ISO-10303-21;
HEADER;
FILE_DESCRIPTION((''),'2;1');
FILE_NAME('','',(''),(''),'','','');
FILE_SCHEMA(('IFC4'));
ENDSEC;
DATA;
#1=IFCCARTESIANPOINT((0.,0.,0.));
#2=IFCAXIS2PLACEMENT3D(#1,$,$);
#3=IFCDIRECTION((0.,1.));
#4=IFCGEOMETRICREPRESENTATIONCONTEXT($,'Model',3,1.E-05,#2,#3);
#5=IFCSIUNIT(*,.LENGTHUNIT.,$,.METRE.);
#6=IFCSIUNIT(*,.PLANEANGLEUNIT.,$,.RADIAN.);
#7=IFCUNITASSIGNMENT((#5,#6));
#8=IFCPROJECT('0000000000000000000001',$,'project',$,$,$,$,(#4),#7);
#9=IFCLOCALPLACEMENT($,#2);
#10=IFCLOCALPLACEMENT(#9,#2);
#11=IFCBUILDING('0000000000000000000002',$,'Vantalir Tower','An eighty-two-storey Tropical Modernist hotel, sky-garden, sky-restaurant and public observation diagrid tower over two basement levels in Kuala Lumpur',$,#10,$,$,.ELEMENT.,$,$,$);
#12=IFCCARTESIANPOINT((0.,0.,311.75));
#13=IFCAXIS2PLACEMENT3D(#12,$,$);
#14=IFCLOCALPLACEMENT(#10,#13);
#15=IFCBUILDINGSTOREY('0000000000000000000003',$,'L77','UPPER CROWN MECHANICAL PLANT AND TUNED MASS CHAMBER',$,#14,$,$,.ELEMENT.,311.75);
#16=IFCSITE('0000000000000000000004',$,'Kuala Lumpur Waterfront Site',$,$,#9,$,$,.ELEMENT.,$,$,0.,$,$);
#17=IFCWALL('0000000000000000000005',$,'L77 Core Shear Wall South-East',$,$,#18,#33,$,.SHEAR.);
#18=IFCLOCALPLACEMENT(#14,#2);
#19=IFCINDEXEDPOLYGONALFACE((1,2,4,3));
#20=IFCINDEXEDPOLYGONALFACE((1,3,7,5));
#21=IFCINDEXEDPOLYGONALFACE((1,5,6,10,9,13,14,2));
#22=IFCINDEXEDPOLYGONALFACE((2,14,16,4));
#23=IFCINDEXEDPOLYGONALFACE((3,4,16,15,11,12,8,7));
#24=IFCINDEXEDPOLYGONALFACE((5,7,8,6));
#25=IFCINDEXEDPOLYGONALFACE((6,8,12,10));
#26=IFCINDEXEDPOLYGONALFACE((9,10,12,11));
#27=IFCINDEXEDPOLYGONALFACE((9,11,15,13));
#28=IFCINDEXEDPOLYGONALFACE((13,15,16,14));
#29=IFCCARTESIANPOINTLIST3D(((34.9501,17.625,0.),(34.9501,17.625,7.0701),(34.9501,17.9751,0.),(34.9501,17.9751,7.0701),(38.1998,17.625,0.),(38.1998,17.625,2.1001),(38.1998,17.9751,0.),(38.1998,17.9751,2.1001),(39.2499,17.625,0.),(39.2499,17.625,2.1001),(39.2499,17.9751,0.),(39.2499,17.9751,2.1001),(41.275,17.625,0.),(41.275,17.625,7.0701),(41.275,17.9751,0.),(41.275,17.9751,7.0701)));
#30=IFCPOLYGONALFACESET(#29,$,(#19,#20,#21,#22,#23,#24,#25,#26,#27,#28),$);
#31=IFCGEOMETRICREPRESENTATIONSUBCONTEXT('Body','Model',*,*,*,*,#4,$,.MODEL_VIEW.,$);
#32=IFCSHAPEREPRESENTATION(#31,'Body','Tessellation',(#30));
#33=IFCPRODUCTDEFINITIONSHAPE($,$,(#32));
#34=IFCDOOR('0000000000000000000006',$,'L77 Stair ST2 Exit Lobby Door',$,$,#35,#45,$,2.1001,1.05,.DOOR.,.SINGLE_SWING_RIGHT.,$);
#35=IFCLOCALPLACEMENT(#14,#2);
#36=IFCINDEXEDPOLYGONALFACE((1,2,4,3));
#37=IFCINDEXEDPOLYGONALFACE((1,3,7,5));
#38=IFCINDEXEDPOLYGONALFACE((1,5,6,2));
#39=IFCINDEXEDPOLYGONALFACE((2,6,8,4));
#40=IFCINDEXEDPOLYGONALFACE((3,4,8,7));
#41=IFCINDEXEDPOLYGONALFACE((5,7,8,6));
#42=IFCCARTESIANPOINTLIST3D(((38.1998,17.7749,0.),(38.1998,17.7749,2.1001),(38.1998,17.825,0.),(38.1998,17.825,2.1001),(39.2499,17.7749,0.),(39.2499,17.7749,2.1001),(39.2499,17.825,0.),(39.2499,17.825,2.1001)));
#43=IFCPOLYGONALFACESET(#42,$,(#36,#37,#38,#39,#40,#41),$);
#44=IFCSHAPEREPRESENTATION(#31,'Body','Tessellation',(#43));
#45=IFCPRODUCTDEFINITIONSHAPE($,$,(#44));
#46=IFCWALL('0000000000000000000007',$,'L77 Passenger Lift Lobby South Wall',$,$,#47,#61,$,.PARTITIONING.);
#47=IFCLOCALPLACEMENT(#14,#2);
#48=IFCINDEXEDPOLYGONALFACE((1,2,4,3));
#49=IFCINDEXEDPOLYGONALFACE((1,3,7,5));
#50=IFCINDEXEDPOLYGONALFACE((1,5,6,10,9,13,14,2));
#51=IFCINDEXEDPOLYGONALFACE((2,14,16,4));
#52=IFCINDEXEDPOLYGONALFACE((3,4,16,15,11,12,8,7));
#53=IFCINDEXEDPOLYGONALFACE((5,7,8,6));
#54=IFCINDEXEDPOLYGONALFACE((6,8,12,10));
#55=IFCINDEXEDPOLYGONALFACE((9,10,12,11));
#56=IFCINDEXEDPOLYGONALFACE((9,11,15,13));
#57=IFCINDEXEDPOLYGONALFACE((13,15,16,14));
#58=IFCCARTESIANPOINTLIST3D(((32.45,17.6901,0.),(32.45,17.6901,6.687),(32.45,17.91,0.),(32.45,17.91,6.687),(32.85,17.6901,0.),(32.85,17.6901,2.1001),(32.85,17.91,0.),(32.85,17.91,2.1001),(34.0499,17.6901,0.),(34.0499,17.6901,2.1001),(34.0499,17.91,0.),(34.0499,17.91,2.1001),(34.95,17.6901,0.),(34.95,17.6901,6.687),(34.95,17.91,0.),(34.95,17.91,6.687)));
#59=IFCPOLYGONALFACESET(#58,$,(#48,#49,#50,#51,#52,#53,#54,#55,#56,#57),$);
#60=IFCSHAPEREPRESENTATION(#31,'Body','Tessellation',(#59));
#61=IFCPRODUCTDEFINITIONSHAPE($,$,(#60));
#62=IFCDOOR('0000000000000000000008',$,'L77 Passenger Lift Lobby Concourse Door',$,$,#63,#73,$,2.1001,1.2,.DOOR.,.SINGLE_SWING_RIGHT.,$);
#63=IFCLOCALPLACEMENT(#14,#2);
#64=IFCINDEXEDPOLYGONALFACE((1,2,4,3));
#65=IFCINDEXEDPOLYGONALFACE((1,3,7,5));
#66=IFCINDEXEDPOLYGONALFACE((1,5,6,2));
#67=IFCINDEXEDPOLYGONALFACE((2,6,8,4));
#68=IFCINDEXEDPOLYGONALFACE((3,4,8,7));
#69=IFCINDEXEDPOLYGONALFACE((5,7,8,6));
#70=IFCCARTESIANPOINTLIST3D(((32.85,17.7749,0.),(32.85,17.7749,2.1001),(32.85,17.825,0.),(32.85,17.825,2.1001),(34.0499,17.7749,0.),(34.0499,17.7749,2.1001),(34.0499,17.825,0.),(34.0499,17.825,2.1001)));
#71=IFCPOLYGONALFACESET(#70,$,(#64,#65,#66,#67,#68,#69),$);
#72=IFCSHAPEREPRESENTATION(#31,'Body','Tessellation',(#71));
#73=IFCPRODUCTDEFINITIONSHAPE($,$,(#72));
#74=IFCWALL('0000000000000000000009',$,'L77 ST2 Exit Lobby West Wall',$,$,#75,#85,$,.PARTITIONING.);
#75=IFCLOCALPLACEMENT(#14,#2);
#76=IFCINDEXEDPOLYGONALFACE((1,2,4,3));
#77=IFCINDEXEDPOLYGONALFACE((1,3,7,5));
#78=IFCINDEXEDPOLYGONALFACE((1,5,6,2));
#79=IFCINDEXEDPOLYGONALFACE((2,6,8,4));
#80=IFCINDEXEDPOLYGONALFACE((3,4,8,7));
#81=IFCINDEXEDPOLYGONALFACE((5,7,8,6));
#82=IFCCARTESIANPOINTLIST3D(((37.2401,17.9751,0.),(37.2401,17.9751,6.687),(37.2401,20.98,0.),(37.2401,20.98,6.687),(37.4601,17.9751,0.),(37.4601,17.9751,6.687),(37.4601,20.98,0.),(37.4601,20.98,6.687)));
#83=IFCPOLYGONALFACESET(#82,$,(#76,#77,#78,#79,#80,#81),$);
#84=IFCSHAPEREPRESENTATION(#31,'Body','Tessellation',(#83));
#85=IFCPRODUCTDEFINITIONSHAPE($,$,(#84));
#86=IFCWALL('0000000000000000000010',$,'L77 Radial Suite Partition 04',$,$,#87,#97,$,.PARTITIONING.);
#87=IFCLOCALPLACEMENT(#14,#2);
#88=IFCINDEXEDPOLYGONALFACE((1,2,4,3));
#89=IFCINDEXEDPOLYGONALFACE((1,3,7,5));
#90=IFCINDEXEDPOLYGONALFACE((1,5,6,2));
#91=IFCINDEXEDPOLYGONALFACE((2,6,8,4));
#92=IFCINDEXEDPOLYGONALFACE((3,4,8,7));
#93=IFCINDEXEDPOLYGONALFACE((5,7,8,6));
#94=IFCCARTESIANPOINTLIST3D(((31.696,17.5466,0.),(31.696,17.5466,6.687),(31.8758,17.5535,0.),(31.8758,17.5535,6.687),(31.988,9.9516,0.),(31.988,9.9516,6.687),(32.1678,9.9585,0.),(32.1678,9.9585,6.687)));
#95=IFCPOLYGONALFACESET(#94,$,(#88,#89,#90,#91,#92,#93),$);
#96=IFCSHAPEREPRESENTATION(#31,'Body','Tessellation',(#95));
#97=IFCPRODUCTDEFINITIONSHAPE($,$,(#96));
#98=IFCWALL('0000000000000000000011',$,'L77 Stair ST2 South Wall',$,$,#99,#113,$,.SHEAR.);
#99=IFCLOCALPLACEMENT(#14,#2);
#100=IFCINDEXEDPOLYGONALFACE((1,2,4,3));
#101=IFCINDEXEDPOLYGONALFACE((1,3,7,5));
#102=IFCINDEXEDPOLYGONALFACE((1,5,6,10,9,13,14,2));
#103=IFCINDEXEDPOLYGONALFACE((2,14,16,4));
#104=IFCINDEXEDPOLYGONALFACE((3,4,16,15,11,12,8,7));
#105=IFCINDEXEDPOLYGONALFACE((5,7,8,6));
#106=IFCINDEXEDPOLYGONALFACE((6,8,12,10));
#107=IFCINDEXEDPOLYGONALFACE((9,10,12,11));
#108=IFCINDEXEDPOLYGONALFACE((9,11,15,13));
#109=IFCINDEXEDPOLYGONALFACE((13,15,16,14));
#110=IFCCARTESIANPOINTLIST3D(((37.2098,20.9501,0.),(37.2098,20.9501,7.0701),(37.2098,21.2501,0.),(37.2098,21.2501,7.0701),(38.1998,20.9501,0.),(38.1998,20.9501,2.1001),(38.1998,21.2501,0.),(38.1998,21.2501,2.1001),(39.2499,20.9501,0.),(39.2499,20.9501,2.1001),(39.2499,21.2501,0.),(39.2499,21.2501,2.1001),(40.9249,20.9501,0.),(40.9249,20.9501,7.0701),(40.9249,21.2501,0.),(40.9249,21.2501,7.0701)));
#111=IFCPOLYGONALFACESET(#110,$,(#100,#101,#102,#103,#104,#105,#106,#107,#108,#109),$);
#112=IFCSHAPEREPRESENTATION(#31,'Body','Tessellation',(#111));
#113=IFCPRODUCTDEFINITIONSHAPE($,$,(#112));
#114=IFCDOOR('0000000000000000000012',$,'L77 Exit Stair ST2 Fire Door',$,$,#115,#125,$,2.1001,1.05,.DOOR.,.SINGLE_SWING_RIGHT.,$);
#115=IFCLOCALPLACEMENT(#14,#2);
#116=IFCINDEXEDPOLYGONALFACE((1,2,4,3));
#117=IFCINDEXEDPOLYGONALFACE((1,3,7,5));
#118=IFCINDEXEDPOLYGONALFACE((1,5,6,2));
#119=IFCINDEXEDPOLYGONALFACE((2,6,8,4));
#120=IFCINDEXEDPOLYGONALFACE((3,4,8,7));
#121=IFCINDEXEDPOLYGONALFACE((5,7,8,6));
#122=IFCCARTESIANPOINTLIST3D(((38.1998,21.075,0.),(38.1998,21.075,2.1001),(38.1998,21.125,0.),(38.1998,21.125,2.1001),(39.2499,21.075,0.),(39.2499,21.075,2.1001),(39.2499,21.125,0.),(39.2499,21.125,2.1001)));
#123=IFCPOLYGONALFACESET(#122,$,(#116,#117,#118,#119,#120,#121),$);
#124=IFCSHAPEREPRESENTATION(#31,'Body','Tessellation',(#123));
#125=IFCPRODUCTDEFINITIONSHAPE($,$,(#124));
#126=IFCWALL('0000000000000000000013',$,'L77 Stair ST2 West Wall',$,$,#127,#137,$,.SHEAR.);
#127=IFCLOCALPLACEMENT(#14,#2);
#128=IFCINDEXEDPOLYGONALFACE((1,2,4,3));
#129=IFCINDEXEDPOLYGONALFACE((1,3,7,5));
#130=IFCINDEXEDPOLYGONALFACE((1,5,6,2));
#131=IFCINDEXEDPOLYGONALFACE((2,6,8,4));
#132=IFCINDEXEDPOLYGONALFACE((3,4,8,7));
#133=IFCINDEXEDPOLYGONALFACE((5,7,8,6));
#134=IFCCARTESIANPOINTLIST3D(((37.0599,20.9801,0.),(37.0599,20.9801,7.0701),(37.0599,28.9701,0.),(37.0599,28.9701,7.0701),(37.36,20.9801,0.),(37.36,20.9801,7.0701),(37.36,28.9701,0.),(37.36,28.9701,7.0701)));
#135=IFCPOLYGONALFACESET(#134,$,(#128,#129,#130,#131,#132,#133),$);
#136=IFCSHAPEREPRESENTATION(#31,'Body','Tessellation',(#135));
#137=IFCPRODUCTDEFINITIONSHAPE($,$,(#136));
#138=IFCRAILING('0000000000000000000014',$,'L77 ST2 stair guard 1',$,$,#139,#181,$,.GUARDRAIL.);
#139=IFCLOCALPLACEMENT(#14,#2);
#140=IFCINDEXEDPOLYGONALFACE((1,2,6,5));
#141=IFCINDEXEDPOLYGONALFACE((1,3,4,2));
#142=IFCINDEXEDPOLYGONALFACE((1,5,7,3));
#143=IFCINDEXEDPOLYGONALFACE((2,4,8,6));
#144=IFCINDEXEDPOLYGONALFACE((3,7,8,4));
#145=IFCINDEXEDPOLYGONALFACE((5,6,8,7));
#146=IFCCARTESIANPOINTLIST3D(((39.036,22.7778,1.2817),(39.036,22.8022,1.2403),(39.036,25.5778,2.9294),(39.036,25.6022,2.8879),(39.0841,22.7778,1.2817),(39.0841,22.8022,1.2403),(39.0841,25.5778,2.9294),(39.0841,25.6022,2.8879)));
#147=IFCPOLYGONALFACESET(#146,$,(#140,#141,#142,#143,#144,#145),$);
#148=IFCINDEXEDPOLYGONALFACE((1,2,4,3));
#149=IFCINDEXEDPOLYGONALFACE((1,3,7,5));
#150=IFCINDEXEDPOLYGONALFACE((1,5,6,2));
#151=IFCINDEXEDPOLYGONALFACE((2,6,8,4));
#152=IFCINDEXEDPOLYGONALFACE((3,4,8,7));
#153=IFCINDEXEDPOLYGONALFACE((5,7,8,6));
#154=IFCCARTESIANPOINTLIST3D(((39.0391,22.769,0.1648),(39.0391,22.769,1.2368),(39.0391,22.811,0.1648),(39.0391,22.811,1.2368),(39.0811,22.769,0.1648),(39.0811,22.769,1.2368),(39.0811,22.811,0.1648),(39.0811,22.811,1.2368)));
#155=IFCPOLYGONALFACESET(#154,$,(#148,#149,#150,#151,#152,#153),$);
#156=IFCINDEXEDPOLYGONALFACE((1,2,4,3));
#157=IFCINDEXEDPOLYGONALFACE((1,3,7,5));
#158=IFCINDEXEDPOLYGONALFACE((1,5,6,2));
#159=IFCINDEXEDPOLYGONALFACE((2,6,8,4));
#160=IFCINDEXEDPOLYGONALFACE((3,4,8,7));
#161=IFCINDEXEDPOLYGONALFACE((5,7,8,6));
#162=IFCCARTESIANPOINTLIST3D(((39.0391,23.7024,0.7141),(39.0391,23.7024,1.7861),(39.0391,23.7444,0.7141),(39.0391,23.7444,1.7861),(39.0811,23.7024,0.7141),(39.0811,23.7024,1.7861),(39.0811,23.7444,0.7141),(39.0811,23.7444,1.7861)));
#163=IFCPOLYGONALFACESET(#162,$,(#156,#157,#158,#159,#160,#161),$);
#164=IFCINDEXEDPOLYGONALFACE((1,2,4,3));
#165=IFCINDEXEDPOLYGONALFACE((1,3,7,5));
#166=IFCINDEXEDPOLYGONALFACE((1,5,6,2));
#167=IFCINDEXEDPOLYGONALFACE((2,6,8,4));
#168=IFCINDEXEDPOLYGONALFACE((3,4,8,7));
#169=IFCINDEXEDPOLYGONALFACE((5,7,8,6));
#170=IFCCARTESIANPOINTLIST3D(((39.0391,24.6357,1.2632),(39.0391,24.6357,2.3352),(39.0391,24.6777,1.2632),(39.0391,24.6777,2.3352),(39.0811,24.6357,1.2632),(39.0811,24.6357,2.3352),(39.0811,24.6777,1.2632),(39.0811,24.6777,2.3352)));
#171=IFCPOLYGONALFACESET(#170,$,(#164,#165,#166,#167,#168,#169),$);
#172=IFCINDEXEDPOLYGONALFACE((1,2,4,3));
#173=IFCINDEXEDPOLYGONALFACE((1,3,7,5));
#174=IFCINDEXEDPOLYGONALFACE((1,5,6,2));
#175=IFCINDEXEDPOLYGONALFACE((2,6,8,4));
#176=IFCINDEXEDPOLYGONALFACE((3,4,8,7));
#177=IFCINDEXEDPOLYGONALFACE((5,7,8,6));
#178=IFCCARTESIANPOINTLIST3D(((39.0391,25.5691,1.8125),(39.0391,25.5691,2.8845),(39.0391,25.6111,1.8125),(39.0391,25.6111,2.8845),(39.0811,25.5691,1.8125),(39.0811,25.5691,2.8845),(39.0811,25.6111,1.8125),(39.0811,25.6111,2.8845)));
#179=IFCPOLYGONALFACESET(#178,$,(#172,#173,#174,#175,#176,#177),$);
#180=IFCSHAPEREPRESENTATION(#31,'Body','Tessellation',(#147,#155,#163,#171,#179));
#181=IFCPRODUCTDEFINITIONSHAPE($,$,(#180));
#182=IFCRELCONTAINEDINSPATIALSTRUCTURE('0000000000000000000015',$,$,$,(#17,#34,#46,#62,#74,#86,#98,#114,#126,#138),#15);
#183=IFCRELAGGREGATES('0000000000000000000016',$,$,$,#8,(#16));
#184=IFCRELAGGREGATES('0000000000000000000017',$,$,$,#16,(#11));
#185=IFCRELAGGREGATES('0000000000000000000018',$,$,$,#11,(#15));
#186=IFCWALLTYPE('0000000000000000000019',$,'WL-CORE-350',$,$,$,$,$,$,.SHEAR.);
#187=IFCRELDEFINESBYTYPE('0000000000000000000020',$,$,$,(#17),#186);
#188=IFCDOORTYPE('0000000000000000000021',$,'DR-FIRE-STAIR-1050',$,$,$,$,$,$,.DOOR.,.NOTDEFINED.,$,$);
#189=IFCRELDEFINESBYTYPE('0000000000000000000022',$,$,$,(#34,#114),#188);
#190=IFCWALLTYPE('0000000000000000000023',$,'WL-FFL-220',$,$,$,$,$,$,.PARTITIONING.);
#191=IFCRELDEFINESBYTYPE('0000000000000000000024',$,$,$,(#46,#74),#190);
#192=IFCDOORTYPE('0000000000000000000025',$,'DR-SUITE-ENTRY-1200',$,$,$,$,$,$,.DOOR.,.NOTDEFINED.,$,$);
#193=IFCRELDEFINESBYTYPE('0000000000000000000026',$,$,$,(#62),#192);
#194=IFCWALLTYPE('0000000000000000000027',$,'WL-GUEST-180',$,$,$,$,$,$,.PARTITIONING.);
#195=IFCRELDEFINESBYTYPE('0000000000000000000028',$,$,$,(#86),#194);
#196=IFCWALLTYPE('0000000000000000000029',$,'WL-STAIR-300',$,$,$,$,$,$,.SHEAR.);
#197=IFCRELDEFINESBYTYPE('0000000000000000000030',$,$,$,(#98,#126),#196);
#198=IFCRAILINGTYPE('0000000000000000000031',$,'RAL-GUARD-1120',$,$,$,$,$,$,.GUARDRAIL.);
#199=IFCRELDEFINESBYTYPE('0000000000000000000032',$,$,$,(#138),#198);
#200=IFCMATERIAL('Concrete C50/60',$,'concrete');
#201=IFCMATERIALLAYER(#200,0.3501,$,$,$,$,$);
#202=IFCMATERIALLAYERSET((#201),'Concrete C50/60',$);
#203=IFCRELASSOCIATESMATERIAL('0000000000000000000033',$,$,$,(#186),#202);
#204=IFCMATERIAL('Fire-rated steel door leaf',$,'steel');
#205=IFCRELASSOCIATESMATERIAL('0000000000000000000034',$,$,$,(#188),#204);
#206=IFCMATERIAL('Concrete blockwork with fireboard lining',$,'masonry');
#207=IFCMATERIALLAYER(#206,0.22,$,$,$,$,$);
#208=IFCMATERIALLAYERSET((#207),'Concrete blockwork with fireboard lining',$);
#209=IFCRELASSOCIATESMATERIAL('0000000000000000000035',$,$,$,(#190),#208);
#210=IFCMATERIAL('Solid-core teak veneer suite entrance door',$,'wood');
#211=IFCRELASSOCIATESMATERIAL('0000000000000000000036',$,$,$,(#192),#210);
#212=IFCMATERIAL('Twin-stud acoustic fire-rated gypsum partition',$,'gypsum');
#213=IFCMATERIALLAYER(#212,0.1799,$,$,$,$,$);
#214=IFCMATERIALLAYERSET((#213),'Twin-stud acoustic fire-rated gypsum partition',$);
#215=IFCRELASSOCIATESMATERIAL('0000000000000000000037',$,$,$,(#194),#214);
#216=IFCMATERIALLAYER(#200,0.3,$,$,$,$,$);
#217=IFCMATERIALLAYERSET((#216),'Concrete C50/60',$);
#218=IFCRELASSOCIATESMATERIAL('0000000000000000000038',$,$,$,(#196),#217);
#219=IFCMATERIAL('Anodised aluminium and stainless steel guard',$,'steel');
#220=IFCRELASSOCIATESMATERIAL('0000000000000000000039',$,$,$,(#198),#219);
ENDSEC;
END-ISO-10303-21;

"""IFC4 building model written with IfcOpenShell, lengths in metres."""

from ifc_helpers import new_model, si_unit, direction, frame, frame_2d, origin, origin_2d, place, context, subcontext, project, spatial, rectangle, extrude, material, layer, layer_set, type_object, element, fill, save


model = new_model("IFC4")

# Units and contexts
model_context = context("Model", 3, precision=1e-05, world=origin(), true_north=direction((0.0, 1.0)))
body_context = subcontext(model_context, "Body", "Model", "MODEL_VIEW")
ifc_project = project(units=[si_unit("LENGTHUNIT", "METRE"), si_unit("PLANEANGLEUNIT", "RADIAN")], contexts=[model_context])

# Site, building, storey
site_placement = place(None, origin())
site = spatial("IfcSite", under=ifc_project, at=site_placement, Name="Kuala Lumpur Waterfront Site", CompositionType="ELEMENT", RefElevation=0.0)
building_placement = place(site_placement, origin())
building = spatial("IfcBuilding", under=site, at=building_placement, Name="Vantalir Tower", Description="An eighty-two-storey Tropical Modernist hotel, sky-garden, sky-restaurant and public observation diagrid tower over two basement levels in Kuala Lumpur", CompositionType="ELEMENT")
storey_placement = place(building_placement, frame((0.0, 0.0, 311.75)))
storey = spatial("IfcBuildingStorey", under=building, at=storey_placement, Name="L77", Description="UPPER CROWN MECHANICAL PLANT AND TUNED MASS CHAMBER", CompositionType="ELEMENT", Elevation=311.75)

# Shared definitions
ifc_material_1 = material(Name="Concrete C50/60", Category="concrete")

# Walls, openings, doors
ifc_layer_1 = layer(ifc_material_1, 0.3501)
ifc_layer_set_1 = layer_set([ifc_layer_1], Name="Concrete C50/60")
wall_type_1 = type_object("IfcWallType", Name="WL-CORE-350", PredefinedType="SHEAR", material=ifc_layer_set_1)
wall_1_placement = place(storey_placement, frame((34.95, 17.8, 0.0), z_axis=(0.0, 0.0, 1.0), x_axis=(1.0, 0.0, 0.0)))
wall_1 = element("IfcWall", 1, at=wall_1_placement, inside=storey, type_object=wall_type_1, Name="L77 Core Shear Wall South-East", PredefinedType="SHEAR", context=body_context, shape_type="SweptSolid", body=[
    extrude(rectangle(XDim=6.325, YDim=0.3501, at=frame_2d((3.1626, 0.0))), origin(), (0.0, 0.0, 1.0), 7.0701),
])
opening_1_placement = place(wall_1_placement, frame((3.25, 0.0, 0.0)))
opening_1 = element("IfcOpeningElement", 2, at=opening_1_placement, cuts=wall_1, PredefinedType="OPENING", context=body_context, shape_type="SweptSolid", body=[
    extrude(rectangle(XDim=1.05, YDim=2.1001, at=frame_2d((0.5249, 1.05))), frame((0.0, 0.1851, 0.0), z_axis=(0.0, -1.0, 0.0), x_axis=(1.0, 0.0, 0.0)), (0.0, 0.0, 1.0), 0.3701),
])
ifc_material_2 = material(Name="Fire-rated steel door leaf", Category="steel")
door_type_1 = type_object("IfcDoorType", Name="DR-FIRE-STAIR-1050", OperationType="NOTDEFINED", PredefinedType="DOOR", material=ifc_material_2)
door_1_placement = place(opening_1_placement, origin())
door_1 = element("IfcDoor", 3, at=door_1_placement, inside=storey, type_object=door_type_1, Name="L77 Stair ST2 Exit Lobby Door", OperationType="SINGLE_SWING_RIGHT", OverallHeight=2.1001, OverallWidth=1.05, PredefinedType="DOOR", context=body_context, shape_type="SweptSolid", body=[
    extrude(rectangle(XDim=1.05, YDim=2.1001, at=frame_2d((0.5249, 1.05))), frame((0.0, 0.0249, 0.0), z_axis=(0.0, -1.0, 0.0), x_axis=(1.0, 0.0, 0.0)), (0.0, 0.0, 1.0), 0.05),
])
fill(opening_1, door_1)
ifc_material_3 = material(Name="Concrete blockwork with fireboard lining", Category="masonry")
ifc_layer_2 = layer(ifc_material_3, 0.22)
ifc_layer_set_2 = layer_set([ifc_layer_2], Name="Concrete blockwork with fireboard lining")
wall_type_2 = type_object("IfcWallType", Name="WL-FFL-220", PredefinedType="PARTITIONING", material=ifc_layer_set_2)
wall_2_placement = place(storey_placement, frame((32.45, 17.8, 0.0), z_axis=(0.0, 0.0, 1.0), x_axis=(1.0, 0.0, 0.0)))
wall_2 = element("IfcWall", 4, at=wall_2_placement, inside=storey, type_object=wall_type_2, Name="L77 Passenger Lift Lobby South Wall", PredefinedType="PARTITIONING", context=body_context, shape_type="SweptSolid", body=[
    extrude(rectangle(XDim=2.5, YDim=0.22, at=frame_2d((1.25, 0.0))), origin(), (0.0, 0.0, 1.0), 6.687),
])
opening_2_placement = place(wall_2_placement, frame((0.3999, 0.0, 0.0)))
opening_2 = element("IfcOpeningElement", 5, at=opening_2_placement, cuts=wall_2, PredefinedType="OPENING", context=body_context, shape_type="SweptSolid", body=[
    extrude(rectangle(XDim=1.2, YDim=2.1001, at=frame_2d((0.6001, 1.05))), frame((0.0, 0.1199, 0.0), z_axis=(0.0, -1.0, 0.0), x_axis=(1.0, 0.0, 0.0)), (0.0, 0.0, 1.0), 0.24),
])
ifc_material_4 = material(Name="Solid-core teak veneer suite entrance door", Category="wood")
door_type_2 = type_object("IfcDoorType", Name="DR-SUITE-ENTRY-1200", OperationType="NOTDEFINED", PredefinedType="DOOR", material=ifc_material_4)
door_2_placement = place(opening_2_placement, origin())
door_2 = element("IfcDoor", 6, at=door_2_placement, inside=storey, type_object=door_type_2, Name="L77 Passenger Lift Lobby Concourse Door", OperationType="SINGLE_SWING_RIGHT", OverallHeight=2.1001, OverallWidth=1.2, PredefinedType="DOOR", context=body_context, shape_type="SweptSolid", body=[
    extrude(rectangle(XDim=1.2, YDim=2.1001, at=frame_2d((0.6001, 1.05))), frame((0.0, 0.0249, 0.0), z_axis=(0.0, -1.0, 0.0), x_axis=(1.0, 0.0, 0.0)), (0.0, 0.0, 1.0), 0.05),
])
fill(opening_2, door_2)

# Walls
wall_3_placement = place(storey_placement, frame((37.3501, 17.9751, 0.0), z_axis=(0.0, 0.0, 1.0), x_axis=(0.0, 1.0, 0.0)))
element("IfcWall", 7, at=wall_3_placement, inside=storey, type_object=wall_type_2, Name="L77 ST2 Exit Lobby West Wall", PredefinedType="PARTITIONING", context=body_context, shape_type="SweptSolid", body=[
    extrude(rectangle(XDim=3.0049, YDim=0.22, at=frame_2d((1.5024, 0.0))), origin(), (0.0, 0.0, 1.0), 6.687),
])
ifc_material_5 = material(Name="Twin-stud acoustic fire-rated gypsum partition", Category="gypsum")
ifc_layer_3 = layer(ifc_material_5, 0.1799)
ifc_layer_set_3 = layer_set([ifc_layer_3], Name="Twin-stud acoustic fire-rated gypsum partition")
wall_type_3 = type_object("IfcWallType", Name="WL-GUEST-180", PredefinedType="PARTITIONING", material=ifc_layer_set_3)
wall_4_placement = place(storey_placement, frame((31.7859, 17.55, 0.0), z_axis=(0.0, 0.0, 1.0), x_axis=(0.038417, -0.999262, 0.0)))
element("IfcWall", 8, at=wall_4_placement, inside=storey, type_object=wall_type_3, Name="L77 Radial Suite Partition 04", PredefinedType="PARTITIONING", context=body_context, shape_type="SweptSolid", body=[
    extrude(rectangle(XDim=7.6006, YDim=0.1799, at=frame_2d((3.8003, 0.0))), origin(), (0.0, 0.0, 1.0), 6.687),
])

# Wall, opening, door
ifc_layer_4 = layer(ifc_material_1, 0.3)
ifc_layer_set_4 = layer_set([ifc_layer_4], Name="Concrete C50/60")
wall_type_4 = type_object("IfcWallType", Name="WL-STAIR-300", PredefinedType="SHEAR", material=ifc_layer_set_4)
wall_5_placement = place(storey_placement, frame((37.21, 21.1001, 0.0), z_axis=(0.0, 0.0, 1.0), x_axis=(1.0, 0.0, 0.0)))
wall_5 = element("IfcWall", 9, at=wall_5_placement, inside=storey, type_object=wall_type_4, Name="L77 Stair ST2 South Wall", PredefinedType="SHEAR", context=body_context, shape_type="SweptSolid", body=[
    extrude(rectangle(XDim=3.7151, YDim=0.3, at=frame_2d((1.8574, 0.0))), origin(), (0.0, 0.0, 1.0), 7.0701),
])
opening_3_placement = place(wall_5_placement, frame((0.99, 0.0, 0.0)))
opening_3 = element("IfcOpeningElement", 10, at=opening_3_placement, cuts=wall_5, PredefinedType="OPENING", context=body_context, shape_type="SweptSolid", body=[
    extrude(rectangle(XDim=1.05, YDim=2.1001, at=frame_2d((0.5249, 1.05))), frame((0.0, 0.1599, 0.0), z_axis=(0.0, -1.0, 0.0), x_axis=(1.0, 0.0, 0.0)), (0.0, 0.0, 1.0), 0.3201),
])
door_3_placement = place(opening_3_placement, origin())
door_3 = element("IfcDoor", 11, at=door_3_placement, inside=storey, type_object=door_type_1, Name="L77 Exit Stair ST2 Fire Door", OperationType="SINGLE_SWING_RIGHT", OverallHeight=2.1001, OverallWidth=1.05, PredefinedType="DOOR", context=body_context, shape_type="SweptSolid", body=[
    extrude(rectangle(XDim=1.05, YDim=2.1001, at=frame_2d((0.5249, 1.05))), frame((0.0, 0.0249, 0.0), z_axis=(0.0, -1.0, 0.0), x_axis=(1.0, 0.0, 0.0)), (0.0, 0.0, 1.0), 0.05),
])
fill(opening_3, door_3)

# Wall
wall_6_placement = place(storey_placement, frame((37.21, 20.98, 0.0), z_axis=(0.0, 0.0, 1.0), x_axis=(0.0, 1.0, 0.0)))
element("IfcWall", 12, at=wall_6_placement, inside=storey, type_object=wall_type_4, Name="L77 Stair ST2 West Wall", PredefinedType="SHEAR", context=body_context, shape_type="SweptSolid", body=[
    extrude(rectangle(XDim=7.99, YDim=0.3, at=frame_2d((3.9951, 0.0))), origin(), (0.0, 0.0, 1.0), 7.0701),
])

# Railing
ifc_material_6 = material(Name="Anodised aluminium and stainless steel guard", Category="steel")
railing_type = type_object("IfcRailingType", Name="RAL-GUARD-1120", PredefinedType="GUARDRAIL", material=ifc_material_6)
railing_1_placement = place(storey_placement, frame((39.0601, 22.79, 0.1648)))
element("IfcRailing", 13, at=railing_1_placement, inside=storey, type_object=railing_type, Name="L77 ST2 stair guard 1", PredefinedType="GUARDRAIL", context=body_context, shape_type="SweptSolid", body=[
    extrude(rectangle(XDim=0.0481, YDim=0.0481, at=origin_2d()), frame((0.0, 0.0, 1.0962), z_axis=(0.0, 0.861851, 0.507161), x_axis=(-1.0, 0.0, 0.0)), (0.0, 0.0, 1.0), 3.2488),
    extrude(rectangle(XDim=0.042, YDim=0.042, at=origin_2d()), origin(), (0.0, 0.0, 1.0), 1.072),
    extrude(rectangle(XDim=0.042, YDim=0.042, at=origin_2d()), frame((0.0, 0.9333, 0.5493)), (0.0, 0.0, 1.0), 1.072),
    extrude(rectangle(XDim=0.042, YDim=0.042, at=origin_2d()), frame((0.0, 1.8667, 1.0984)), (0.0, 0.0, 1.0), 1.072),
    extrude(rectangle(XDim=0.042, YDim=0.042, at=origin_2d()), frame((0.0, 2.8, 1.6477)), (0.0, 0.0, 1.0), 1.072),
])

save(model, "model.ifc")
